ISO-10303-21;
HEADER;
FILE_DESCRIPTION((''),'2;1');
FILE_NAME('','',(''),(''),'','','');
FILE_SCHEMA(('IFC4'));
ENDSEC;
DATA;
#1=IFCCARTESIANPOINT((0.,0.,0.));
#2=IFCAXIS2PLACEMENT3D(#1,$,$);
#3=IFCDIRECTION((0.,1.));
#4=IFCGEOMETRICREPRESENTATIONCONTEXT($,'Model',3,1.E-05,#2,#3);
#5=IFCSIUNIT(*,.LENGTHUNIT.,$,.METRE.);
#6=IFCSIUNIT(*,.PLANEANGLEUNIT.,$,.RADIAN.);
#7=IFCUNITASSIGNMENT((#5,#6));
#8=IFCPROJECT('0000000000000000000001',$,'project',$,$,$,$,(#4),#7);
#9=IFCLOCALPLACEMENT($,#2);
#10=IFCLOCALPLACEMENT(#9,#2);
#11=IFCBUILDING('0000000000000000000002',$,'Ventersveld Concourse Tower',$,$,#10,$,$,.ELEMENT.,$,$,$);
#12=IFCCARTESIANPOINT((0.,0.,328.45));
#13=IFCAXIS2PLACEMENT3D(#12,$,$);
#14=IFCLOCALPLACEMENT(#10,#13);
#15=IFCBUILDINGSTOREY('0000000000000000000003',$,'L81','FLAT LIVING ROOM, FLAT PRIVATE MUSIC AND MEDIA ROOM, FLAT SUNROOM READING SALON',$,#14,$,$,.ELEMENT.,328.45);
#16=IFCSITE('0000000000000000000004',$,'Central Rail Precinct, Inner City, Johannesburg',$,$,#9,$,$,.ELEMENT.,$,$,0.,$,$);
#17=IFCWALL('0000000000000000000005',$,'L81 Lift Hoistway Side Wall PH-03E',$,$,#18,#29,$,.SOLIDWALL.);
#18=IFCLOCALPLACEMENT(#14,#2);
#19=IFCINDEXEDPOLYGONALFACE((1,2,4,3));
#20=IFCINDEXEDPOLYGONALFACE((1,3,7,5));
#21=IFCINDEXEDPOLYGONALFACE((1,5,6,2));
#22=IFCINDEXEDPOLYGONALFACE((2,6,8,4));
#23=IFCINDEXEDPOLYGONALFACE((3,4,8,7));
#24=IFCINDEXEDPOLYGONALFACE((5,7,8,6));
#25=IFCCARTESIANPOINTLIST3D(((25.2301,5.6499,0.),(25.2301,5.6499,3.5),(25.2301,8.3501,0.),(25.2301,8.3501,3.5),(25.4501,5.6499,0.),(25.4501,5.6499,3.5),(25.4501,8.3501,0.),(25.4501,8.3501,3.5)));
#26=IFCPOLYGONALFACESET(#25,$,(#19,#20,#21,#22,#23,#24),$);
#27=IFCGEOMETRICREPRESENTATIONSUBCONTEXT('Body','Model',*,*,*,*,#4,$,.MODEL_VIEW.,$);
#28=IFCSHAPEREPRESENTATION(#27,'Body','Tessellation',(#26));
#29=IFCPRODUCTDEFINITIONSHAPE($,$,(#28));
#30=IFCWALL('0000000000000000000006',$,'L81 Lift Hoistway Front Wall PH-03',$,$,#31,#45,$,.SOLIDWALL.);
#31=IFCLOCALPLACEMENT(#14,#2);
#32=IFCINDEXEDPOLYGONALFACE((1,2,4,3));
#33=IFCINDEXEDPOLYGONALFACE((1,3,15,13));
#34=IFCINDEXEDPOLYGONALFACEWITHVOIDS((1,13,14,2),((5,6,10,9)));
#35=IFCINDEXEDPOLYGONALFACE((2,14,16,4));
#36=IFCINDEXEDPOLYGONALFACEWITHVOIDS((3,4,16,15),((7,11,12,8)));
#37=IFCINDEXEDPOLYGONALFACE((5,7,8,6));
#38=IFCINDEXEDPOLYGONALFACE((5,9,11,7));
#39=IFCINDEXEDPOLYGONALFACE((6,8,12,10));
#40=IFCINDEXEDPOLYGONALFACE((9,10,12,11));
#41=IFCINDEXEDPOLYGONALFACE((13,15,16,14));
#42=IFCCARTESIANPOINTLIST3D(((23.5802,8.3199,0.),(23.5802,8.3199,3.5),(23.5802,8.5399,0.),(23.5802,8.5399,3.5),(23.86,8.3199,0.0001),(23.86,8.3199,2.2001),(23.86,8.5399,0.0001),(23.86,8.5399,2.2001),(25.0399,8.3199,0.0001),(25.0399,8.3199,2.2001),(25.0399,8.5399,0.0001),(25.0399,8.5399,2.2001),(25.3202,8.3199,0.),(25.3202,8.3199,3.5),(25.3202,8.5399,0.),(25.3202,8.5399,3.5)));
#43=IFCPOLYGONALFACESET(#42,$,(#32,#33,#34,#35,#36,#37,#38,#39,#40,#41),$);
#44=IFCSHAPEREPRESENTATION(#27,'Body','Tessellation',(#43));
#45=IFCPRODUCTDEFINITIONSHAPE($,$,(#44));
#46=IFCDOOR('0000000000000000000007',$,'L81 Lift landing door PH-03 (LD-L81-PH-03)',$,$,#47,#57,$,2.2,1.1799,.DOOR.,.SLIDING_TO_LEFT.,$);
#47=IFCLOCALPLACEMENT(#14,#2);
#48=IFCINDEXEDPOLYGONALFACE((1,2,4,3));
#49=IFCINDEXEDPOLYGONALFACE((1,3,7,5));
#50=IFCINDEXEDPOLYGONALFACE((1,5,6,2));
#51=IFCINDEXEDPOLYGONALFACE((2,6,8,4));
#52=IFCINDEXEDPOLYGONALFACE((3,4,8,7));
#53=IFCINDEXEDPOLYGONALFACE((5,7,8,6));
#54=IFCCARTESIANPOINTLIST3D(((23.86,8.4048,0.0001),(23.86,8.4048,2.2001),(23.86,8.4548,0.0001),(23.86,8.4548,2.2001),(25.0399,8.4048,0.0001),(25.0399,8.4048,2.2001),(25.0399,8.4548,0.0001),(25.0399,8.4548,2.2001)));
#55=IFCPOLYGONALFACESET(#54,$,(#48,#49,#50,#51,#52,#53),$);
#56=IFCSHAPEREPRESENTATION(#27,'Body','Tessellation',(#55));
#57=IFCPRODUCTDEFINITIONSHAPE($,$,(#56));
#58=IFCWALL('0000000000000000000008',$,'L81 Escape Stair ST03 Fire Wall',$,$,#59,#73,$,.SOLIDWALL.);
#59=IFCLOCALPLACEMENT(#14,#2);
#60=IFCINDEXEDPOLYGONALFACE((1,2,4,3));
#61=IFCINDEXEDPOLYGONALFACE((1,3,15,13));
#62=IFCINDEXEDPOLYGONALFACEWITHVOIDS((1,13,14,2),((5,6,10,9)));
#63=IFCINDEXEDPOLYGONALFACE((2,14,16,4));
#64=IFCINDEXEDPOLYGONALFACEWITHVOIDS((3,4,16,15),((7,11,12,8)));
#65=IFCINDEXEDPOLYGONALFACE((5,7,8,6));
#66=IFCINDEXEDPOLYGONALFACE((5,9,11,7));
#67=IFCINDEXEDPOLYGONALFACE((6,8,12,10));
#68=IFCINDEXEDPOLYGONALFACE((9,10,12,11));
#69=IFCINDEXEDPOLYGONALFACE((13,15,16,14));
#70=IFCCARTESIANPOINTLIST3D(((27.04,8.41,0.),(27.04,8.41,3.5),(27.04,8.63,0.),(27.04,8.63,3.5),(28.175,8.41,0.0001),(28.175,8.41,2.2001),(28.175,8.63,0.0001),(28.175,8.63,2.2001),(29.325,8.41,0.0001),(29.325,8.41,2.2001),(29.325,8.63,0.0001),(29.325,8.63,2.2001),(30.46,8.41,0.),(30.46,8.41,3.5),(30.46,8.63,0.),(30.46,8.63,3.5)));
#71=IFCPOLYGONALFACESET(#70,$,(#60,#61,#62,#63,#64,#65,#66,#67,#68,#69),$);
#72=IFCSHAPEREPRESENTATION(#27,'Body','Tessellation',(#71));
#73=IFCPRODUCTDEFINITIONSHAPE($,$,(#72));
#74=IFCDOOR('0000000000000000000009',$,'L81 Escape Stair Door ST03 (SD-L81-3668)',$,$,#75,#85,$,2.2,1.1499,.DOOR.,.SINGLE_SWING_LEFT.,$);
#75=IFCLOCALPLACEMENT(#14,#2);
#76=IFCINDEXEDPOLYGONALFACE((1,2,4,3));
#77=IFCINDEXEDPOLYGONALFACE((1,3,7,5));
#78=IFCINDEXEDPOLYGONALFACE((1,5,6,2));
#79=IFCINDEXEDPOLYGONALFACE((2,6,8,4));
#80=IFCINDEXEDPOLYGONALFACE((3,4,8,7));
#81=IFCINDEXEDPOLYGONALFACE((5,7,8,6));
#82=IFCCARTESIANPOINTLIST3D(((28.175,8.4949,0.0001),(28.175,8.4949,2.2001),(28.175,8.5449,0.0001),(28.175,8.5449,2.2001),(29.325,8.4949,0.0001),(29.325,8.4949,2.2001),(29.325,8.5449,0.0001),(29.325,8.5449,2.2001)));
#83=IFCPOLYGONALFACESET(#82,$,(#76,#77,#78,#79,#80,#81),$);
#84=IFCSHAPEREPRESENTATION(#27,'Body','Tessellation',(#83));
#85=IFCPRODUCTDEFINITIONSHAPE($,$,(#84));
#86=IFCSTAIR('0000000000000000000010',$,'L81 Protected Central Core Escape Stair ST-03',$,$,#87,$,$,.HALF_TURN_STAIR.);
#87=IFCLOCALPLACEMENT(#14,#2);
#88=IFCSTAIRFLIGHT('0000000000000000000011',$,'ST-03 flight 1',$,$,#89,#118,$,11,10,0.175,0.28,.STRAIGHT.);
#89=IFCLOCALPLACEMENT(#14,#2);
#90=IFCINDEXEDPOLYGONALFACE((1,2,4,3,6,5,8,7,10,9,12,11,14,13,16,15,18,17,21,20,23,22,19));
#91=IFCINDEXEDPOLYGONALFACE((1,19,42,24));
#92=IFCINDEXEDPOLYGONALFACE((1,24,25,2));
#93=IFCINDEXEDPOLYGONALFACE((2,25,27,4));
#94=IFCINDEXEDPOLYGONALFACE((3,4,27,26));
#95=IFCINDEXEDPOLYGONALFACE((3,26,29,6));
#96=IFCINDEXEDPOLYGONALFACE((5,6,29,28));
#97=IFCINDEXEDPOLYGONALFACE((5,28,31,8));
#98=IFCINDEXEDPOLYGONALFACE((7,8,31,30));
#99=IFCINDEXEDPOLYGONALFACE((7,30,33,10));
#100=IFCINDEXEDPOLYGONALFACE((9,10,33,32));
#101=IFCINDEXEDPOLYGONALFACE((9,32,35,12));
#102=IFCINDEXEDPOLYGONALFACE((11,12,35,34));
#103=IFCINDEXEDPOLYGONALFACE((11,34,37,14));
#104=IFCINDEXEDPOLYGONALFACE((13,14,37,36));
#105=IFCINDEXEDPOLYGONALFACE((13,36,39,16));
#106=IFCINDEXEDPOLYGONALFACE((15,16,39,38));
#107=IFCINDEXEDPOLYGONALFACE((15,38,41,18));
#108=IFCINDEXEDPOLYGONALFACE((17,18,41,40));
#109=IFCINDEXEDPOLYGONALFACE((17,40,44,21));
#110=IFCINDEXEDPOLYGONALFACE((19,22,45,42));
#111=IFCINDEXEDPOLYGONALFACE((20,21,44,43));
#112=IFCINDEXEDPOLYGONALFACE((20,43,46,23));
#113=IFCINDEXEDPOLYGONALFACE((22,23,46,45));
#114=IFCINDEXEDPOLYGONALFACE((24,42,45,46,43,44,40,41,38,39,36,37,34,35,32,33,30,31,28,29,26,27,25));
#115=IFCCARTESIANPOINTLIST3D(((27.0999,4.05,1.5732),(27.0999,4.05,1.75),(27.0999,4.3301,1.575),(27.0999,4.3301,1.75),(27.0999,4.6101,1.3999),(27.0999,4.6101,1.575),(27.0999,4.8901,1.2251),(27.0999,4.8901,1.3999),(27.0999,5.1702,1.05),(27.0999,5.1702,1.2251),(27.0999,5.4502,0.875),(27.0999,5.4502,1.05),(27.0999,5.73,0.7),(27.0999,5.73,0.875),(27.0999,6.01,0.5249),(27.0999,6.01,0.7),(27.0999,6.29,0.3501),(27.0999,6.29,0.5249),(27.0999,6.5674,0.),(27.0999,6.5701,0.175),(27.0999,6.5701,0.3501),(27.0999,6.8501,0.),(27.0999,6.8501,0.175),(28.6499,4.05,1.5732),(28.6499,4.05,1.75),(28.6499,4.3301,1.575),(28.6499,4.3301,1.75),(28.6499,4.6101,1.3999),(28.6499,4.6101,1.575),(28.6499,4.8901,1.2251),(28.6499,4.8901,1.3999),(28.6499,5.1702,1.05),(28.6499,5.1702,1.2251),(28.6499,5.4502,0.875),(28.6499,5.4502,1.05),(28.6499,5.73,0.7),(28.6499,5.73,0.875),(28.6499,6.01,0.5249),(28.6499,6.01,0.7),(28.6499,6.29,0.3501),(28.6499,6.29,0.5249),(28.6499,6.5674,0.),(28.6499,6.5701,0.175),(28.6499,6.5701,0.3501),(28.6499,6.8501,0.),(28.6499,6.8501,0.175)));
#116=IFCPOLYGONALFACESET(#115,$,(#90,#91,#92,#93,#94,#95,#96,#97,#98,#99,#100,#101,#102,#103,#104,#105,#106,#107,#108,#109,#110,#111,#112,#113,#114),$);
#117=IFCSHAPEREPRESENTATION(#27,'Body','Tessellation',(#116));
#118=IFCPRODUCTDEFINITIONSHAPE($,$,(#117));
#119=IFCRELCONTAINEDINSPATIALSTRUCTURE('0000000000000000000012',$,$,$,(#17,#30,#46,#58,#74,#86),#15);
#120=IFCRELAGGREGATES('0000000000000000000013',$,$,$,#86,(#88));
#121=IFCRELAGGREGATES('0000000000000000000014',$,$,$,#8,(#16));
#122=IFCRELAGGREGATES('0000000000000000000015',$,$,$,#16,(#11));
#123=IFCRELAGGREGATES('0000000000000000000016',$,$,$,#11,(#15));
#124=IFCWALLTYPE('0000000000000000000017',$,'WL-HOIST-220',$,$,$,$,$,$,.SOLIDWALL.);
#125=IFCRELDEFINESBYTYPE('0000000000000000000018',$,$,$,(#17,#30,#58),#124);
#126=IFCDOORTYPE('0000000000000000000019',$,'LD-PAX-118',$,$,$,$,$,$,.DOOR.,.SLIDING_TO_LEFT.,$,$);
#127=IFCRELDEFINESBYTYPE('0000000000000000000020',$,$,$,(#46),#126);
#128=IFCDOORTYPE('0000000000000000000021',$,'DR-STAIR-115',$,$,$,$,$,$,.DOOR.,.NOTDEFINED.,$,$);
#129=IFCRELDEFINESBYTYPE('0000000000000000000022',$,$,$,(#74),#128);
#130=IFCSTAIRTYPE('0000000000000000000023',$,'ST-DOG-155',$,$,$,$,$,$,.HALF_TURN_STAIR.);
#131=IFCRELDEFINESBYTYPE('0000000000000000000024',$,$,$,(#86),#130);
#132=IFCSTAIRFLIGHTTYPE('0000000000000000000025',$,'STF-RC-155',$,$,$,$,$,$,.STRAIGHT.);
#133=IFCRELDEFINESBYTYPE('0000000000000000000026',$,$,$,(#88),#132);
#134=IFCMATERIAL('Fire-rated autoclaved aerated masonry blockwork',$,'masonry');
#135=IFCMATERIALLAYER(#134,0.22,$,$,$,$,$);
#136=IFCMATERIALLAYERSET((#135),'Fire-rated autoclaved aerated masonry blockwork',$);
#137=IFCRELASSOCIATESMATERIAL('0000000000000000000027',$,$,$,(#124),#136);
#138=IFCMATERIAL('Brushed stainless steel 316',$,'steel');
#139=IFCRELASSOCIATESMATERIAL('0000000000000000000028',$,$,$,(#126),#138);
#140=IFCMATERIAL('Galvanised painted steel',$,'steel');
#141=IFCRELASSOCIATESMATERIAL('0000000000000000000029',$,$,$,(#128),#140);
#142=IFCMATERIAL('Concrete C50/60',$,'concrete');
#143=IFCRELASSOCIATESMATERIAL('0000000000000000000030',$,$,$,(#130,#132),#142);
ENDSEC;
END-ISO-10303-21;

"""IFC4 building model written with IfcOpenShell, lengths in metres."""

from ifc_helpers import new_model, si_unit, direction, frame, frame_2d, origin, place, context, subcontext, project, spatial, polyline, rectangle, outline, extrude, material, layer, layer_set, type_object, element, fill, aggregate, save


model = new_model("IFC4")

# Units and contexts
model_context = context("Model", 3, precision=1e-05, world=origin(), true_north=direction((0.0, 1.0)))
body_context = subcontext(model_context, "Body", "Model", "MODEL_VIEW")
ifc_project = project(units=[si_unit("LENGTHUNIT", "METRE"), si_unit("PLANEANGLEUNIT", "RADIAN")], contexts=[model_context])

# Site, building, storey
site_placement = place(None, origin())
site = spatial("IfcSite", under=ifc_project, at=site_placement, Name="Central Rail Precinct, Inner City, Johannesburg", CompositionType="ELEMENT", RefElevation=0.0)
building_placement = place(site_placement, origin())
building = spatial("IfcBuilding", under=site, at=building_placement, Name="Ventersveld Concourse Tower", CompositionType="ELEMENT")
storey_placement = place(building_placement, frame((0.0, 0.0, 328.45)))
storey = spatial("IfcBuildingStorey", under=building, at=storey_placement, Name="L81", Description="FLAT LIVING ROOM, FLAT PRIVATE MUSIC AND MEDIA ROOM, FLAT SUNROOM READING SALON", CompositionType="ELEMENT", Elevation=328.45)

# Shared definitions
ifc_material_1 = material(Name="Concrete C50/60", Category="concrete")

# Shared definitions
ifc_material_2 = material(Name="Fire-rated autoclaved aerated masonry blockwork", Category="masonry")
ifc_material_3 = material(Name="Galvanised painted steel", Category="steel")

# Shared definitions
ifc_layer_1 = layer(ifc_material_2, 0.22)
ifc_layer_set_1 = layer_set([ifc_layer_1], Name="Fire-rated autoclaved aerated masonry blockwork")
wall_type_1 = type_object("IfcWallType", Name="WL-HOIST-220", PredefinedType="SOLIDWALL", material=ifc_layer_set_1)

# Shared definitions
ifc_material_4 = material(Name="Brushed stainless steel 316", Category="steel")
door_type_1 = type_object("IfcDoorType", Name="LD-PAX-118", OperationType="SLIDING_TO_LEFT", PredefinedType="DOOR", material=ifc_material_4)

# Wall
wall_1_placement = place(storey_placement, frame((25.3401, 5.6499, 0.0), z_axis=(0.0, 0.0, 1.0), x_axis=(0.0, 1.0, 0.0)))
element("IfcWall", 1, at=wall_1_placement, inside=storey, type_object=wall_type_1, Name="L81 Lift Hoistway Side Wall PH-03E", PredefinedType="SOLIDWALL", context=body_context, shape_type="SweptSolid", body=[
    extrude(rectangle(XDim=2.7002, YDim=0.22, at=frame_2d((1.3501, 0.0))), origin(), (0.0, 0.0, 1.0), 3.5),
])

# Walls, openings, doors
wall_2_placement = place(storey_placement, frame((23.5801, 8.4299, 0.0), z_axis=(0.0, 0.0, 1.0), x_axis=(1.0, 0.0, 0.0)))
wall_2 = element("IfcWall", 2, at=wall_2_placement, inside=storey, type_object=wall_type_1, Name="L81 Lift Hoistway Front Wall PH-03", PredefinedType="SOLIDWALL", context=body_context, shape_type="SweptSolid", body=[
    extrude(rectangle(XDim=1.74, YDim=0.22, at=frame_2d((0.8701, 0.0))), origin(), (0.0, 0.0, 1.0), 3.5),
])
opening_1_placement = place(wall_2_placement, frame((0.28, 0.0, 0.0)))
opening_1 = element("IfcOpeningElement", 3, at=opening_1_placement, cuts=wall_2, PredefinedType="OPENING", context=body_context, shape_type="SweptSolid", body=[
    extrude(rectangle(XDim=1.1799, YDim=2.2, at=frame_2d((0.5898, 1.1001))), frame((0.0, 0.1201, 0.0), z_axis=(0.0, -1.0, 0.0), x_axis=(1.0, 0.0, 0.0)), (0.0, 0.0, 1.0), 0.24),
])
door_1_placement = place(opening_1_placement, origin())
door_1 = element("IfcDoor", 4, at=door_1_placement, inside=storey, type_object=door_type_1, Name="L81 Lift landing door PH-03 (LD-L81-PH-03)", OperationType="SLIDING_TO_LEFT", OverallHeight=2.2, OverallWidth=1.1799, PredefinedType="DOOR", context=body_context, shape_type="SweptSolid", body=[
    extrude(rectangle(XDim=1.1799, YDim=2.2, at=frame_2d((0.5898, 1.1001))), frame((0.0, 0.0249, 0.0), z_axis=(0.0, -1.0, 0.0), x_axis=(1.0, 0.0, 0.0)), (0.0, 0.0, 1.0), 0.05),
])
fill(opening_1, door_1)
wall_3_placement = place(storey_placement, frame((27.04, 8.52, 0.0), z_axis=(0.0, 0.0, 1.0), x_axis=(1.0, 0.0, 0.0)))
wall_3 = element("IfcWall", 5, at=wall_3_placement, inside=storey, type_object=wall_type_1, Name="L81 Escape Stair ST03 Fire Wall", PredefinedType="SOLIDWALL", context=body_context, shape_type="SweptSolid", body=[
    extrude(rectangle(XDim=3.4199, YDim=0.22, at=frame_2d((1.71, 0.0))), origin(), (0.0, 0.0, 1.0), 3.5),
])
opening_2_placement = place(wall_3_placement, frame((1.135, 0.0, 0.0)))
opening_2 = element("IfcOpeningElement", 6, at=opening_2_placement, cuts=wall_3, PredefinedType="OPENING", context=body_context, shape_type="SweptSolid", body=[
    extrude(rectangle(XDim=1.1499, YDim=2.2, at=frame_2d((0.575, 1.1001))), frame((0.0, 0.1201, 0.0), z_axis=(0.0, -1.0, 0.0), x_axis=(1.0, 0.0, 0.0)), (0.0, 0.0, 1.0), 0.24),
])
door_type_2 = type_object("IfcDoorType", Name="DR-STAIR-115", OperationType="NOTDEFINED", PredefinedType="DOOR", material=ifc_material_3)
door_2_placement = place(opening_2_placement, origin())
door_2 = element("IfcDoor", 7, at=door_2_placement, inside=storey, type_object=door_type_2, Name="L81 Escape Stair Door ST03 (SD-L81-3668)", OperationType="SINGLE_SWING_LEFT", OverallHeight=2.2, OverallWidth=1.1499, PredefinedType="DOOR", context=body_context, shape_type="SweptSolid", body=[
    extrude(rectangle(XDim=1.1499, YDim=2.2, at=frame_2d((0.575, 1.1001))), frame((0.0, 0.0249, 0.0), z_axis=(0.0, -1.0, 0.0), x_axis=(1.0, 0.0, 0.0)), (0.0, 0.0, 1.0), 0.05),
])
fill(opening_2, door_2)

# Stair, stair flight
stair_type = type_object("IfcStairType", Name="ST-DOG-155", PredefinedType="HALF_TURN_STAIR", material=ifc_material_1)
stair_placement = place(storey_placement, origin())
stair = element("IfcStair", 8, at=stair_placement, inside=storey, type_object=stair_type, Name="L81 Protected Central Core Escape Stair ST-03", PredefinedType="HALF_TURN_STAIR")
stair_flight_type = type_object("IfcStairFlightType", Name="STF-RC-155", PredefinedType="STRAIGHT", material=ifc_material_1)
stair_flight_placement = place(storey_placement, frame((27.875, 6.8501, 0.0), z_axis=(0.0, 0.0, 1.0), x_axis=(0.0, -1.0, 0.0)))
stair_flight = element("IfcStairFlight", 9, at=stair_flight_placement, type_object=stair_flight_type, Name="ST-03 flight 1", NumberOfRisers=11, NumberOfTreads=10, PredefinedType="STRAIGHT", RiserHeight=0.175, TreadLength=0.28, context=body_context, shape_type="SweptSolid", body=[
    extrude(outline(polyline([(0.0, 0.0), (0.0, 0.175), (0.28, 0.175), (0.28, 0.3501), (0.5601, 0.3501), (0.5601, 0.5249), (0.8401, 0.5249), (0.8401, 0.7), (1.1201, 0.7), (1.1201, 0.875), (1.3999, 0.875), (1.3999, 1.05), (1.6799, 1.05), (1.6799, 1.2251), (1.96, 1.2251), (1.96, 1.3999), (2.24, 1.3999), (2.24, 1.575), (2.52, 1.575), (2.52, 1.75), (2.8, 1.75), (2.8, 1.925), (2.8, 1.5732), (0.2827, 0.0), (0.0, 0.0)])), frame((0.0, 0.7749, 0.0), z_axis=(0.0, -1.0, 0.0), x_axis=(1.0, 0.0, 0.0)), (0.0, 0.0, 1.0), 1.55),
])
aggregate(stair, [stair_flight])

save(model, "model.ifc")
